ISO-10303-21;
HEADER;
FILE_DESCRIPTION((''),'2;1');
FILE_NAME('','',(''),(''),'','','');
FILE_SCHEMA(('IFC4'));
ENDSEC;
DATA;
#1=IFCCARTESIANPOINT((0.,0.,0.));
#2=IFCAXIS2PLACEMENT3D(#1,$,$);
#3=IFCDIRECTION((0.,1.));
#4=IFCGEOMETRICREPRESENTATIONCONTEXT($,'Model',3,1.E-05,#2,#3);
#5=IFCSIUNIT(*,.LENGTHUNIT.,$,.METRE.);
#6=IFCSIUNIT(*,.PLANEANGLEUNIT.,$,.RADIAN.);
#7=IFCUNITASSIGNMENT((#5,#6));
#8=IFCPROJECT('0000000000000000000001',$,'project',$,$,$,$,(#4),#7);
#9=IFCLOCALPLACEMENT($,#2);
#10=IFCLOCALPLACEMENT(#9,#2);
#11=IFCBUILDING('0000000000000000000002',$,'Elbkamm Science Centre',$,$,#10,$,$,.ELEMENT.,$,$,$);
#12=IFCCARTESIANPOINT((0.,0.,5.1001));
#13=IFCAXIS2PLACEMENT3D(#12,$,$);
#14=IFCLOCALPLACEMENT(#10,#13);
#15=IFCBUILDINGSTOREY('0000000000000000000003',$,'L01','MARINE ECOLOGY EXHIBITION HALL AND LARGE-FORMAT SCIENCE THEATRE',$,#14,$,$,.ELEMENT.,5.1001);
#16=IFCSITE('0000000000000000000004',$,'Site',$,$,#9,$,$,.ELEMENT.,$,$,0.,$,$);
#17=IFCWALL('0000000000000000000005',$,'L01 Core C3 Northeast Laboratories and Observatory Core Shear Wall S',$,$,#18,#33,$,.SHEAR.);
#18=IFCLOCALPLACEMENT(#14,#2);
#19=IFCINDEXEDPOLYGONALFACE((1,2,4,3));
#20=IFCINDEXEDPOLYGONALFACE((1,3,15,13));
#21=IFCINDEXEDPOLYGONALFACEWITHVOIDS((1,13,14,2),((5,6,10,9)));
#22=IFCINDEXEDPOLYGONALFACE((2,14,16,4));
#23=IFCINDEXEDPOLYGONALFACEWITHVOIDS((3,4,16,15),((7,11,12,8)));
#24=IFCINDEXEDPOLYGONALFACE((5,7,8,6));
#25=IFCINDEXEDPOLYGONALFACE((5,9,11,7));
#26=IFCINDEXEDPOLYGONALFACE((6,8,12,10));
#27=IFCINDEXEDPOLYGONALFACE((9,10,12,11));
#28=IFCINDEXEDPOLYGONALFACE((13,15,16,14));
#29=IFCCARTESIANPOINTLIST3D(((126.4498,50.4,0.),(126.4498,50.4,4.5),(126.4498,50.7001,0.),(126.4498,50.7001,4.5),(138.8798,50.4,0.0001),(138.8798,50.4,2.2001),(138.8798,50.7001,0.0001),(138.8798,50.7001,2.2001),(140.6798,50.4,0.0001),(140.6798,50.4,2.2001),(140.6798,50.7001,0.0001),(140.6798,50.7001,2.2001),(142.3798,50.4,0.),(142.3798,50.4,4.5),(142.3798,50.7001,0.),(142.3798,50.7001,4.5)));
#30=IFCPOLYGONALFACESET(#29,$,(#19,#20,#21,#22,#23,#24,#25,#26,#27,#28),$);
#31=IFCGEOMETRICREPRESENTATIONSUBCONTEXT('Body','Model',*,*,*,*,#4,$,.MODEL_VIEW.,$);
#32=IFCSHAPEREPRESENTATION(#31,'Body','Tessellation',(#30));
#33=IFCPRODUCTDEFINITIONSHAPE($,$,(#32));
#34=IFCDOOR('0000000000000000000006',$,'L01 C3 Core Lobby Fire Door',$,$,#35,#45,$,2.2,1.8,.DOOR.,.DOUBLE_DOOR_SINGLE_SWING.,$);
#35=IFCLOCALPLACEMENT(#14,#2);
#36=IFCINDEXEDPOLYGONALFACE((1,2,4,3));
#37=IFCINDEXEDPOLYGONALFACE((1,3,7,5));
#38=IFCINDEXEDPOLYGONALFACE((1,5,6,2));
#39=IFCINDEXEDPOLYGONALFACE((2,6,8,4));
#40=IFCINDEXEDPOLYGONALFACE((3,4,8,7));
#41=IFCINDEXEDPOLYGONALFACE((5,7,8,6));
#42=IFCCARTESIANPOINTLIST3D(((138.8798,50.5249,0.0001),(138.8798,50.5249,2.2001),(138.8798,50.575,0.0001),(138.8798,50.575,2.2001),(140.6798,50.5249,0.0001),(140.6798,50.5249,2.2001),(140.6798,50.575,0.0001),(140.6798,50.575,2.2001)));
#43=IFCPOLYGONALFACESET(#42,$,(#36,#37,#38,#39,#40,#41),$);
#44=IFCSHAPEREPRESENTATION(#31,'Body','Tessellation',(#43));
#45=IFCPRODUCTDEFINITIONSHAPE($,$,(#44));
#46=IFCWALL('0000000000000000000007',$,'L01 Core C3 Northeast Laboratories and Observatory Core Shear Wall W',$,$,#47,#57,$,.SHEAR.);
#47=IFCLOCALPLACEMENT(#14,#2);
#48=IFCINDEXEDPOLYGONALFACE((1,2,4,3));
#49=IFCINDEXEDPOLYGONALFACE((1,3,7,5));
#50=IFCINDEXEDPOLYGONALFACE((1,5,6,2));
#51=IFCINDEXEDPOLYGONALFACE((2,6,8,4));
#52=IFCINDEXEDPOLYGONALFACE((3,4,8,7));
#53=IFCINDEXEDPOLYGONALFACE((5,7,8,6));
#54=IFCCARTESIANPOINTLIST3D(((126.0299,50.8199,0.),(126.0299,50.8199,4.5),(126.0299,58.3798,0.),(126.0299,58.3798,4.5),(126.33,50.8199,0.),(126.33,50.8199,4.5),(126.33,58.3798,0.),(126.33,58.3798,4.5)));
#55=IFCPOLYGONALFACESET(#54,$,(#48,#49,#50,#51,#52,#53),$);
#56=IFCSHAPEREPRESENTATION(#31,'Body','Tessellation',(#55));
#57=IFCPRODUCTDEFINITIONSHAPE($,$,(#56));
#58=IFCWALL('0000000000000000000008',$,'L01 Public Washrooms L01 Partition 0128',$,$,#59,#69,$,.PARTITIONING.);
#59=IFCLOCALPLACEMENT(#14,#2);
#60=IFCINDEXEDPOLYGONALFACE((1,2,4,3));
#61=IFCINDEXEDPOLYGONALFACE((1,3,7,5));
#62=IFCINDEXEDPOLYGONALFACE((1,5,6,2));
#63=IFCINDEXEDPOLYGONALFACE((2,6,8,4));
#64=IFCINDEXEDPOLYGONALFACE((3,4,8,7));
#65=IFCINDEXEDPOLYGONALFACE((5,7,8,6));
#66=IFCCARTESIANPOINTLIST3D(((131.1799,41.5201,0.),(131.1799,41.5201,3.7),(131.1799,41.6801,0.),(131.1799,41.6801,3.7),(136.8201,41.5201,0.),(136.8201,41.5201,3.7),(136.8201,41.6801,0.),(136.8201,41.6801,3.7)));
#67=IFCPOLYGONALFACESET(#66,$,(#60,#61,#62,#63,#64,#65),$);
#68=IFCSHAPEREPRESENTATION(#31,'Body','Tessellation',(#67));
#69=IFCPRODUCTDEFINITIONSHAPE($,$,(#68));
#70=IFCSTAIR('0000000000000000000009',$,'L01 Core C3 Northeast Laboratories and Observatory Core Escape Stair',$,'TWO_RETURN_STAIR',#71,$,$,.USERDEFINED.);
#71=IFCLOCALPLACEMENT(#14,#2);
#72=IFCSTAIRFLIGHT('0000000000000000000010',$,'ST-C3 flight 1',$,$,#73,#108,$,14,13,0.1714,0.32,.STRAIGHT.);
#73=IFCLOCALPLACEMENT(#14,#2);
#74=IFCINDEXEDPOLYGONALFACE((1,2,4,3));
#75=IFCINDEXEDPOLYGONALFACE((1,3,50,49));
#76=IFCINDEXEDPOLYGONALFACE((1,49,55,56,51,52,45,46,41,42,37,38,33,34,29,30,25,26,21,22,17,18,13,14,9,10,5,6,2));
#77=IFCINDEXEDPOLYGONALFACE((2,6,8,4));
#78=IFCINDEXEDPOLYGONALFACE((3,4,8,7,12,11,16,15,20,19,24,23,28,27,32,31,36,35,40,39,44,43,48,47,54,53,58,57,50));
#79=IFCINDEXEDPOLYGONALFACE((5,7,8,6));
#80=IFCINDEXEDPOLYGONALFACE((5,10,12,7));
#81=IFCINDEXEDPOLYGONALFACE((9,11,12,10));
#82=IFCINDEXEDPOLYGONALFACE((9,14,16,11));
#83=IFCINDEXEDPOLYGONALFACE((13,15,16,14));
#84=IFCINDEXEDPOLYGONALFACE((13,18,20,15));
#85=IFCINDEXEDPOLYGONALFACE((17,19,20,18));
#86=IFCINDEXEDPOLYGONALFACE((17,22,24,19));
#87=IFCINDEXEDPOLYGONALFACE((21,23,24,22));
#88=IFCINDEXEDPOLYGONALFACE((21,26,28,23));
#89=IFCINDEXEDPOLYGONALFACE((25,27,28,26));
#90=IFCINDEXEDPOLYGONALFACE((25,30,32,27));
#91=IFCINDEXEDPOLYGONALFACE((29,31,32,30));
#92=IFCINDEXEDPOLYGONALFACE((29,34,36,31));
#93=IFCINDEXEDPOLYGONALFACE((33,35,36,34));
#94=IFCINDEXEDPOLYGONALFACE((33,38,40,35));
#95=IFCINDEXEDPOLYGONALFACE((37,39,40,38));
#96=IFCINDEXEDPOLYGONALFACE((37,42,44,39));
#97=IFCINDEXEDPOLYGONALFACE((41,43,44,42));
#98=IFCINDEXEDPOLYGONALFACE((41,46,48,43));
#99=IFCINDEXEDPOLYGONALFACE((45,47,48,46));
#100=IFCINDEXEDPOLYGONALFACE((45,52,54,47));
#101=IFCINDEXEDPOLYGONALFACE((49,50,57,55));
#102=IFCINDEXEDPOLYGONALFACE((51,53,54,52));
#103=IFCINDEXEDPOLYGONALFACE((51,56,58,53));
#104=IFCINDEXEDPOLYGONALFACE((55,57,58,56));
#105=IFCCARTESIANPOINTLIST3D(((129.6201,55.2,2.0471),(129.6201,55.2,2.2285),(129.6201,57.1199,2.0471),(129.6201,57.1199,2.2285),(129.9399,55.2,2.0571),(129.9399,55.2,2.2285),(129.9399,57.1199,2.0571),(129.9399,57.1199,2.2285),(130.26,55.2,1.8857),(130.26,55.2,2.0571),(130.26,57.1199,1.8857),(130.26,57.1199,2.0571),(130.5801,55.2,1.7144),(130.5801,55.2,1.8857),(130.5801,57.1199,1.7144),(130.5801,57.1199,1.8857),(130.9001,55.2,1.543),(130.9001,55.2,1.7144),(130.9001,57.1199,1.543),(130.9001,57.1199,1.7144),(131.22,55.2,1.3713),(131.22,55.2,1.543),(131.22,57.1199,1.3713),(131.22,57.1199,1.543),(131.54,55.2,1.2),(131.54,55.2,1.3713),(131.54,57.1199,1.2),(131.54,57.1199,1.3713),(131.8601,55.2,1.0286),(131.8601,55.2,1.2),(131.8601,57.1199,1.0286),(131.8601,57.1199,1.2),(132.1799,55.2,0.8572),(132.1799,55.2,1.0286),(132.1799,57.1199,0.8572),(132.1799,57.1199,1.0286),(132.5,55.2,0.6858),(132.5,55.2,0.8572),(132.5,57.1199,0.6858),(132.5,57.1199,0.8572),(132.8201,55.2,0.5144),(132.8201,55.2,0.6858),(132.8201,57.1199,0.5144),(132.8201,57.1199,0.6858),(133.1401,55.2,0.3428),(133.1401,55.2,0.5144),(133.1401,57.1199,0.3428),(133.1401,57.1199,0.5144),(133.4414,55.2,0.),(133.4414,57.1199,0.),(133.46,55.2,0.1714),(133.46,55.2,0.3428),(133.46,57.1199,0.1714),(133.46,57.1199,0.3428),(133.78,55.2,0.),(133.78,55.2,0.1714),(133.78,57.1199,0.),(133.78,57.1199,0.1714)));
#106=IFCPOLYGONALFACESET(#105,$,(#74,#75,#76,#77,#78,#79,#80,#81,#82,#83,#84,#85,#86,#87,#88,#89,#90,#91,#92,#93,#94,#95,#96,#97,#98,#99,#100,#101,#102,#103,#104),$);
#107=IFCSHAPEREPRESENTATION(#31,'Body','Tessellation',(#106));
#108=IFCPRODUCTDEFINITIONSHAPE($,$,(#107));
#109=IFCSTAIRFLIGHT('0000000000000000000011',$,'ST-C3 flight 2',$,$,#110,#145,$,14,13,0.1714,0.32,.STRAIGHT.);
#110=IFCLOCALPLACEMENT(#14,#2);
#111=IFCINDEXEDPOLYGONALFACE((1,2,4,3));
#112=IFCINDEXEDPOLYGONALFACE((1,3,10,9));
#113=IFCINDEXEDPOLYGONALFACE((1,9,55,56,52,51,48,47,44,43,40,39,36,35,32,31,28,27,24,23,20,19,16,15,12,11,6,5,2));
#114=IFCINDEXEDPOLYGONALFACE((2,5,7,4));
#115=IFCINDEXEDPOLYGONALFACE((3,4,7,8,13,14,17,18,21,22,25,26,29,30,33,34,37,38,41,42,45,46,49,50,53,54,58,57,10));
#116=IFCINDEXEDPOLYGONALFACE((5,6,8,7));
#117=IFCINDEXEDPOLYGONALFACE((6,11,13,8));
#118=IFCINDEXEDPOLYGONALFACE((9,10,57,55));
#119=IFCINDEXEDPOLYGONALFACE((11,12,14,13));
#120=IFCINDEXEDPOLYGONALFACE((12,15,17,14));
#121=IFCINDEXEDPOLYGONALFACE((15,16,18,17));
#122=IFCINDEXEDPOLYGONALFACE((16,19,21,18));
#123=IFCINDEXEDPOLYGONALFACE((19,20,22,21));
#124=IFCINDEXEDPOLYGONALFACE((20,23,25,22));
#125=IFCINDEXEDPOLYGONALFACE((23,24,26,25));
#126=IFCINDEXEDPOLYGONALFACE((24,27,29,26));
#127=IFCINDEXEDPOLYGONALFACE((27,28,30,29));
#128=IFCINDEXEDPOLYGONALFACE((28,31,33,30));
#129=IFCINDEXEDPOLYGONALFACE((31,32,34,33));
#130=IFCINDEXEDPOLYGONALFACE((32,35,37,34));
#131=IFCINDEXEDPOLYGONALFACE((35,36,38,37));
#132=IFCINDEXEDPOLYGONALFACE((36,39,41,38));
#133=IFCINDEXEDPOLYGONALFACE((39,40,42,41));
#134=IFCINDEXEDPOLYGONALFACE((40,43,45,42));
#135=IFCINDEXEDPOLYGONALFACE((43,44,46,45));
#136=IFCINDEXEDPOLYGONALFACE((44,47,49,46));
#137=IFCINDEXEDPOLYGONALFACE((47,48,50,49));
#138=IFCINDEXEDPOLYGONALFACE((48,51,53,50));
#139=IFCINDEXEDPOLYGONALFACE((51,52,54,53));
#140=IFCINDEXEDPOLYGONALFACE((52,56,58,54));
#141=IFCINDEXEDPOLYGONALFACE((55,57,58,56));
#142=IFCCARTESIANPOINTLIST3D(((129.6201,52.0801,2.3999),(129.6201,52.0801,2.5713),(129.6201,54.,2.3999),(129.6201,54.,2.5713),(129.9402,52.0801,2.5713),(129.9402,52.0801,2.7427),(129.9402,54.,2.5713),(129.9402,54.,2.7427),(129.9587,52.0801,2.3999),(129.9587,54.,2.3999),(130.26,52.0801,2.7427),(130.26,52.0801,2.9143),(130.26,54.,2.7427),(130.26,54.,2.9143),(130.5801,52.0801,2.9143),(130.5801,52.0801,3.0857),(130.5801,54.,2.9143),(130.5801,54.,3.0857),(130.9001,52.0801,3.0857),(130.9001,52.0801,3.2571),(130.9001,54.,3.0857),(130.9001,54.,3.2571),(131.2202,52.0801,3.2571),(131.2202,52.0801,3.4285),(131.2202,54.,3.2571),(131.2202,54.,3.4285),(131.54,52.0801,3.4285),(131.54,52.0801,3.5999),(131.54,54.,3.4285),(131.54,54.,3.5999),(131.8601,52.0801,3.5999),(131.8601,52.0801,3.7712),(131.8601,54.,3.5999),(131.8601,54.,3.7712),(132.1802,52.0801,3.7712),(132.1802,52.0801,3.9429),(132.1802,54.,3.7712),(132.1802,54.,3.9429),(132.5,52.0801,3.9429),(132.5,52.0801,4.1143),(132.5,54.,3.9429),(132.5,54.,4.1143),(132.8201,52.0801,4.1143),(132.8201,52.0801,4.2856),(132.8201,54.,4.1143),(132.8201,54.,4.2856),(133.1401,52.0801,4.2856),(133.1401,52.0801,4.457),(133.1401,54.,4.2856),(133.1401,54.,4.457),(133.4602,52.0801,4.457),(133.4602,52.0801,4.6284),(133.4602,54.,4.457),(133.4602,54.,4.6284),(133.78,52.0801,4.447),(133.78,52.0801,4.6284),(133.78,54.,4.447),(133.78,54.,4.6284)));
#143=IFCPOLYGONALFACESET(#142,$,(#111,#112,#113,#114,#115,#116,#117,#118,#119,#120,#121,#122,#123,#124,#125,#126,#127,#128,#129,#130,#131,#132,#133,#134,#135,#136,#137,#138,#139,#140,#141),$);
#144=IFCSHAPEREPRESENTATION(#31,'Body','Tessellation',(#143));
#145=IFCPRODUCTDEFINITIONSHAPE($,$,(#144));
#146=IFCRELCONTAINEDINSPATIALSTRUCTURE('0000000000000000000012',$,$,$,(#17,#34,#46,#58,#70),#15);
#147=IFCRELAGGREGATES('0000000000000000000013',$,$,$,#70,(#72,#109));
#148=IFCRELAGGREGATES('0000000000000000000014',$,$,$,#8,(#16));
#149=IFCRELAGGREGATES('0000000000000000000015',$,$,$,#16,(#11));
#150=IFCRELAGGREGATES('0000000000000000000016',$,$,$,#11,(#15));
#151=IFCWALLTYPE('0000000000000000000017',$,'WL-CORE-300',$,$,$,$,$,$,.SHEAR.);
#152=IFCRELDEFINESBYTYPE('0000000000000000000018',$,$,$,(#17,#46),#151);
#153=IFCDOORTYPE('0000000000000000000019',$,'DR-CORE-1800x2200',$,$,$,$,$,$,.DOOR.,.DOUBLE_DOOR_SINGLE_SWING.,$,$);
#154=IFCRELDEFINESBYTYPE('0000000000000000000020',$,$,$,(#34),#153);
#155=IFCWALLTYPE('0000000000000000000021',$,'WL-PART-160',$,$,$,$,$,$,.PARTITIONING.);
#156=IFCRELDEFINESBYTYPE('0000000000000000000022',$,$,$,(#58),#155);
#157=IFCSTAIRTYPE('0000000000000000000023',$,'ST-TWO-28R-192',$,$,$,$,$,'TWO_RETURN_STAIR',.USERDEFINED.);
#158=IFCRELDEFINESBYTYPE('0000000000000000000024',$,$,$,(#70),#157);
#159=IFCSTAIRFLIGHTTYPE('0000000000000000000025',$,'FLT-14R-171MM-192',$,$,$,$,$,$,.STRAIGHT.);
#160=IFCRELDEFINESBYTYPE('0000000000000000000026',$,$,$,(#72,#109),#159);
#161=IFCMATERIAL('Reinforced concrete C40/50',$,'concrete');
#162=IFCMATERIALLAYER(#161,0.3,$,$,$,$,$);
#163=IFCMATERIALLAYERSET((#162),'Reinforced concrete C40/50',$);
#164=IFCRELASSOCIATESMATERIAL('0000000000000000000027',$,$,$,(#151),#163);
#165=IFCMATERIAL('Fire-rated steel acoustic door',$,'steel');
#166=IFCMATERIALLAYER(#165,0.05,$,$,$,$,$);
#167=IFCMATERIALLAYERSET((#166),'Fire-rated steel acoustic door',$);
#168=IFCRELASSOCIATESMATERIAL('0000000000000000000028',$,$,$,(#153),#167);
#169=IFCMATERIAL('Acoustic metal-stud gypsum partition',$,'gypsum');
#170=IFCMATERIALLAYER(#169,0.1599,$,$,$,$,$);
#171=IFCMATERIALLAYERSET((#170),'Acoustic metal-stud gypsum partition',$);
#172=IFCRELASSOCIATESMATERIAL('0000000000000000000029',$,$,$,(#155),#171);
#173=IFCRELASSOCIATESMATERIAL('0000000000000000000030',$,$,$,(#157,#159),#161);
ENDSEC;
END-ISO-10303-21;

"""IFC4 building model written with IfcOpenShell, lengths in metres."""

from ifc_helpers import new_model, si_unit, direction, frame, frame_2d, origin, place, context, subcontext, project, spatial, polyline, rectangle, outline, extrude, material, layer, layer_set, type_object, element, fill, aggregate, save


model = new_model("IFC4")

# Units and contexts
model_context = context("Model", 3, precision=1e-05, world=origin(), true_north=direction((0.0, 1.0)))
body_context = subcontext(model_context, "Body", "Model", "MODEL_VIEW")
ifc_project = project(units=[si_unit("LENGTHUNIT", "METRE"), si_unit("PLANEANGLEUNIT", "RADIAN")], contexts=[model_context])

# Site, building, storey
site_placement = place(None, origin())
site = spatial("IfcSite", under=ifc_project, at=site_placement, Name="Site", CompositionType="ELEMENT", RefElevation=0.0)
building_placement = place(site_placement, origin())
building = spatial("IfcBuilding", under=site, at=building_placement, Name="Elbkamm Science Centre", CompositionType="ELEMENT")
storey_placement = place(building_placement, frame((0.0, 0.0, 5.1001)))
storey = spatial("IfcBuildingStorey", under=building, at=storey_placement, Name="L01", Description="MARINE ECOLOGY EXHIBITION HALL AND LARGE-FORMAT SCIENCE THEATRE", CompositionType="ELEMENT", Elevation=5.1001)

# Shared definitions
ifc_material_1 = material(Name="Reinforced concrete C40/50", Category="concrete")

# Wall, opening, door
ifc_layer_1 = layer(ifc_material_1, 0.3)
ifc_layer_set_1 = layer_set([ifc_layer_1], Name="Reinforced concrete C40/50")
wall_type_1 = type_object("IfcWallType", Name="WL-CORE-300", PredefinedType="SHEAR", material=ifc_layer_set_1)
wall_1_placement = place(storey_placement, frame((126.45, 50.55, 0.0), z_axis=(0.0, 0.0, 1.0), x_axis=(1.0, 0.0, 0.0)))
wall_1 = element("IfcWall", 1, at=wall_1_placement, inside=storey, type_object=wall_type_1, Name="L01 Core C3 Northeast Laboratories and Observatory Core Shear Wall S", PredefinedType="SHEAR", context=body_context, shape_type="SweptSolid", body=[
    extrude(rectangle(XDim=15.9299, YDim=0.3, at=frame_2d((7.9648, 0.0))), origin(), (0.0, 0.0, 1.0), 4.5),
])
opening_placement = place(wall_1_placement, frame((12.4299, 0.0, 0.0)))
opening = element("IfcOpeningElement", 2, at=opening_placement, cuts=wall_1, PredefinedType="OPENING", context=body_context, shape_type="SweptSolid", body=[
    extrude(rectangle(XDim=1.8, YDim=2.2, at=frame_2d((0.8999, 1.1001))), frame((0.0, 0.1621, 0.0), z_axis=(0.0, -1.0, 0.0), x_axis=(1.0, 0.0, 0.0)), (0.0, 0.0, 1.0), 0.324),
])
ifc_material_2 = material(Name="Fire-rated steel acoustic door", Category="steel")
ifc_layer_2 = layer(ifc_material_2, 0.05)
ifc_layer_set_2 = layer_set([ifc_layer_2], Name="Fire-rated steel acoustic door")
door_type = type_object("IfcDoorType", Name="DR-CORE-1800x2200", OperationType="DOUBLE_DOOR_SINGLE_SWING", PredefinedType="DOOR", material=ifc_layer_set_2)
door_placement = place(opening_placement, origin())
door = element("IfcDoor", 3, at=door_placement, inside=storey, type_object=door_type, Name="L01 C3 Core Lobby Fire Door", OperationType="DOUBLE_DOOR_SINGLE_SWING", OverallHeight=2.2, OverallWidth=1.8, PredefinedType="DOOR", context=body_context, shape_type="SweptSolid", body=[
    extrude(rectangle(XDim=1.8, YDim=2.2, at=frame_2d((0.8999, 1.1001))), frame((0.0, 0.0249, 0.0), z_axis=(0.0, -1.0, 0.0), x_axis=(1.0, 0.0, 0.0)), (0.0, 0.0, 1.0), 0.05),
])
fill(opening, door)

# Walls
wall_2_placement = place(storey_placement, frame((126.1799, 50.8201, 0.0), z_axis=(0.0, 0.0, 1.0), x_axis=(0.0, 1.0, 0.0)))
element("IfcWall", 4, at=wall_2_placement, inside=storey, type_object=wall_type_1, Name="L01 Core C3 Northeast Laboratories and Observatory Core Shear Wall W", PredefinedType="SHEAR", context=body_context, shape_type="SweptSolid", body=[
    extrude(rectangle(XDim=7.5598, YDim=0.3, at=frame_2d((3.7798, 0.0))), origin(), (0.0, 0.0, 1.0), 4.5),
])
ifc_material_3 = material(Name="Acoustic metal-stud gypsum partition", Category="gypsum")
ifc_layer_3 = layer(ifc_material_3, 0.1599)
ifc_layer_set_3 = layer_set([ifc_layer_3], Name="Acoustic metal-stud gypsum partition")
wall_type_2 = type_object("IfcWallType", Name="WL-PART-160", PredefinedType="PARTITIONING", material=ifc_layer_set_3)
wall_3_placement = place(storey_placement, frame((131.1799, 41.6001, 0.0), z_axis=(0.0, 0.0, 1.0), x_axis=(1.0, 0.0, 0.0)))
element("IfcWall", 5, at=wall_3_placement, inside=storey, type_object=wall_type_2, Name="L01 Public Washrooms L01 Partition 0128", PredefinedType="PARTITIONING", context=body_context, shape_type="SweptSolid", body=[
    extrude(rectangle(XDim=5.6401, YDim=0.1599, at=frame_2d((2.8201, 0.0))), origin(), (0.0, 0.0, 1.0), 3.7),
])

# Stair, stair flights
stair_type = type_object("IfcStairType", Name="ST-TWO-28R-192", ElementType="TWO_RETURN_STAIR", PredefinedType="USERDEFINED", material=ifc_material_1)
stair_placement = place(storey_placement, origin())
stair = element("IfcStair", 6, at=stair_placement, inside=storey, type_object=stair_type, Name="L01 Core C3 Northeast Laboratories and Observatory Core Escape Stair", ObjectType="TWO_RETURN_STAIR", PredefinedType="USERDEFINED")
stair_flight_type = type_object("IfcStairFlightType", Name="FLT-14R-171MM-192", PredefinedType="STRAIGHT", material=ifc_material_1)
stair_flight_1_placement = place(storey_placement, frame((133.78, 56.1599, 0.0), z_axis=(0.0, 0.0, 1.0), x_axis=(-1.0, 0.0, 0.0)))
stair_flight_1 = element("IfcStairFlight", 7, at=stair_flight_1_placement, type_object=stair_flight_type, Name="ST-C3 flight 1", NumberOfRisers=14, NumberOfTreads=13, PredefinedType="STRAIGHT", RiserHeight=0.1714, TreadLength=0.32, context=body_context, shape_type="SweptSolid", body=[
    extrude(outline(polyline([(0.0, 0.0), (0.0, 0.1714), (0.3201, 0.1714), (0.3201, 0.3428), (0.6399, 0.3428), (0.6399, 0.5144), (0.96, 0.5144), (0.96, 0.6858), (1.28, 0.6858), (1.28, 0.8572), (1.6001, 0.8572), (1.6001, 1.0286), (1.9199, 1.0286), (1.9199, 1.2), (2.24, 1.2), (2.24, 1.3713), (2.5601, 1.3713), (2.5601, 1.543), (2.8799, 1.543), (2.8799, 1.7144), (3.2, 1.7144), (3.2, 1.8857), (3.52, 1.8857), (3.52, 2.0571), (3.8401, 2.0571), (3.8401, 2.2285), (4.1599, 2.2285), (4.1599, 2.3999), (4.1599, 2.0471), (0.3386, 0.0), (0.0, 0.0)])), frame((0.0, 0.96, 0.0), z_axis=(0.0, -1.0, 0.0), x_axis=(1.0, 0.0, 0.0)), (0.0, 0.0, 1.0), 1.9199),
])
stair_flight_2_placement = place(storey_placement, frame((129.6201, 53.04, 2.3999), z_axis=(0.0, 0.0, 1.0), x_axis=(1.0, 0.0, 0.0)))
stair_flight_2 = element("IfcStairFlight", 8, at=stair_flight_2_placement, type_object=stair_flight_type, Name="ST-C3 flight 2", NumberOfRisers=14, NumberOfTreads=13, PredefinedType="STRAIGHT", RiserHeight=0.1714, TreadLength=0.32, context=body_context, shape_type="SweptSolid", body=[
    extrude(outline(polyline([(0.0, 0.0), (0.0, 0.1714), (0.3201, 0.1714), (0.3201, 0.3428), (0.6399, 0.3428), (0.6399, 0.5144), (0.96, 0.5144), (0.96, 0.6858), (1.28, 0.6858), (1.28, 0.8572), (1.6001, 0.8572), (1.6001, 1.0286), (1.9199, 1.0286), (1.9199, 1.2), (2.24, 1.2), (2.24, 1.3713), (2.5601, 1.3713), (2.5601, 1.543), (2.8799, 1.543), (2.8799, 1.7144), (3.2, 1.7144), (3.2, 1.8857), (3.52, 1.8857), (3.52, 2.0571), (3.8401, 2.0571), (3.8401, 2.2285), (4.1599, 2.2285), (4.1599, 2.3999), (4.1599, 2.0471), (0.3386, 0.0), (0.0, 0.0)])), frame((0.0, 0.96, 0.0), z_axis=(0.0, -1.0, 0.0), x_axis=(1.0, 0.0, 0.0)), (0.0, 0.0, 1.0), 1.9199),
])
aggregate(stair, [stair_flight_1, stair_flight_2])

save(model, "model.ifc")
